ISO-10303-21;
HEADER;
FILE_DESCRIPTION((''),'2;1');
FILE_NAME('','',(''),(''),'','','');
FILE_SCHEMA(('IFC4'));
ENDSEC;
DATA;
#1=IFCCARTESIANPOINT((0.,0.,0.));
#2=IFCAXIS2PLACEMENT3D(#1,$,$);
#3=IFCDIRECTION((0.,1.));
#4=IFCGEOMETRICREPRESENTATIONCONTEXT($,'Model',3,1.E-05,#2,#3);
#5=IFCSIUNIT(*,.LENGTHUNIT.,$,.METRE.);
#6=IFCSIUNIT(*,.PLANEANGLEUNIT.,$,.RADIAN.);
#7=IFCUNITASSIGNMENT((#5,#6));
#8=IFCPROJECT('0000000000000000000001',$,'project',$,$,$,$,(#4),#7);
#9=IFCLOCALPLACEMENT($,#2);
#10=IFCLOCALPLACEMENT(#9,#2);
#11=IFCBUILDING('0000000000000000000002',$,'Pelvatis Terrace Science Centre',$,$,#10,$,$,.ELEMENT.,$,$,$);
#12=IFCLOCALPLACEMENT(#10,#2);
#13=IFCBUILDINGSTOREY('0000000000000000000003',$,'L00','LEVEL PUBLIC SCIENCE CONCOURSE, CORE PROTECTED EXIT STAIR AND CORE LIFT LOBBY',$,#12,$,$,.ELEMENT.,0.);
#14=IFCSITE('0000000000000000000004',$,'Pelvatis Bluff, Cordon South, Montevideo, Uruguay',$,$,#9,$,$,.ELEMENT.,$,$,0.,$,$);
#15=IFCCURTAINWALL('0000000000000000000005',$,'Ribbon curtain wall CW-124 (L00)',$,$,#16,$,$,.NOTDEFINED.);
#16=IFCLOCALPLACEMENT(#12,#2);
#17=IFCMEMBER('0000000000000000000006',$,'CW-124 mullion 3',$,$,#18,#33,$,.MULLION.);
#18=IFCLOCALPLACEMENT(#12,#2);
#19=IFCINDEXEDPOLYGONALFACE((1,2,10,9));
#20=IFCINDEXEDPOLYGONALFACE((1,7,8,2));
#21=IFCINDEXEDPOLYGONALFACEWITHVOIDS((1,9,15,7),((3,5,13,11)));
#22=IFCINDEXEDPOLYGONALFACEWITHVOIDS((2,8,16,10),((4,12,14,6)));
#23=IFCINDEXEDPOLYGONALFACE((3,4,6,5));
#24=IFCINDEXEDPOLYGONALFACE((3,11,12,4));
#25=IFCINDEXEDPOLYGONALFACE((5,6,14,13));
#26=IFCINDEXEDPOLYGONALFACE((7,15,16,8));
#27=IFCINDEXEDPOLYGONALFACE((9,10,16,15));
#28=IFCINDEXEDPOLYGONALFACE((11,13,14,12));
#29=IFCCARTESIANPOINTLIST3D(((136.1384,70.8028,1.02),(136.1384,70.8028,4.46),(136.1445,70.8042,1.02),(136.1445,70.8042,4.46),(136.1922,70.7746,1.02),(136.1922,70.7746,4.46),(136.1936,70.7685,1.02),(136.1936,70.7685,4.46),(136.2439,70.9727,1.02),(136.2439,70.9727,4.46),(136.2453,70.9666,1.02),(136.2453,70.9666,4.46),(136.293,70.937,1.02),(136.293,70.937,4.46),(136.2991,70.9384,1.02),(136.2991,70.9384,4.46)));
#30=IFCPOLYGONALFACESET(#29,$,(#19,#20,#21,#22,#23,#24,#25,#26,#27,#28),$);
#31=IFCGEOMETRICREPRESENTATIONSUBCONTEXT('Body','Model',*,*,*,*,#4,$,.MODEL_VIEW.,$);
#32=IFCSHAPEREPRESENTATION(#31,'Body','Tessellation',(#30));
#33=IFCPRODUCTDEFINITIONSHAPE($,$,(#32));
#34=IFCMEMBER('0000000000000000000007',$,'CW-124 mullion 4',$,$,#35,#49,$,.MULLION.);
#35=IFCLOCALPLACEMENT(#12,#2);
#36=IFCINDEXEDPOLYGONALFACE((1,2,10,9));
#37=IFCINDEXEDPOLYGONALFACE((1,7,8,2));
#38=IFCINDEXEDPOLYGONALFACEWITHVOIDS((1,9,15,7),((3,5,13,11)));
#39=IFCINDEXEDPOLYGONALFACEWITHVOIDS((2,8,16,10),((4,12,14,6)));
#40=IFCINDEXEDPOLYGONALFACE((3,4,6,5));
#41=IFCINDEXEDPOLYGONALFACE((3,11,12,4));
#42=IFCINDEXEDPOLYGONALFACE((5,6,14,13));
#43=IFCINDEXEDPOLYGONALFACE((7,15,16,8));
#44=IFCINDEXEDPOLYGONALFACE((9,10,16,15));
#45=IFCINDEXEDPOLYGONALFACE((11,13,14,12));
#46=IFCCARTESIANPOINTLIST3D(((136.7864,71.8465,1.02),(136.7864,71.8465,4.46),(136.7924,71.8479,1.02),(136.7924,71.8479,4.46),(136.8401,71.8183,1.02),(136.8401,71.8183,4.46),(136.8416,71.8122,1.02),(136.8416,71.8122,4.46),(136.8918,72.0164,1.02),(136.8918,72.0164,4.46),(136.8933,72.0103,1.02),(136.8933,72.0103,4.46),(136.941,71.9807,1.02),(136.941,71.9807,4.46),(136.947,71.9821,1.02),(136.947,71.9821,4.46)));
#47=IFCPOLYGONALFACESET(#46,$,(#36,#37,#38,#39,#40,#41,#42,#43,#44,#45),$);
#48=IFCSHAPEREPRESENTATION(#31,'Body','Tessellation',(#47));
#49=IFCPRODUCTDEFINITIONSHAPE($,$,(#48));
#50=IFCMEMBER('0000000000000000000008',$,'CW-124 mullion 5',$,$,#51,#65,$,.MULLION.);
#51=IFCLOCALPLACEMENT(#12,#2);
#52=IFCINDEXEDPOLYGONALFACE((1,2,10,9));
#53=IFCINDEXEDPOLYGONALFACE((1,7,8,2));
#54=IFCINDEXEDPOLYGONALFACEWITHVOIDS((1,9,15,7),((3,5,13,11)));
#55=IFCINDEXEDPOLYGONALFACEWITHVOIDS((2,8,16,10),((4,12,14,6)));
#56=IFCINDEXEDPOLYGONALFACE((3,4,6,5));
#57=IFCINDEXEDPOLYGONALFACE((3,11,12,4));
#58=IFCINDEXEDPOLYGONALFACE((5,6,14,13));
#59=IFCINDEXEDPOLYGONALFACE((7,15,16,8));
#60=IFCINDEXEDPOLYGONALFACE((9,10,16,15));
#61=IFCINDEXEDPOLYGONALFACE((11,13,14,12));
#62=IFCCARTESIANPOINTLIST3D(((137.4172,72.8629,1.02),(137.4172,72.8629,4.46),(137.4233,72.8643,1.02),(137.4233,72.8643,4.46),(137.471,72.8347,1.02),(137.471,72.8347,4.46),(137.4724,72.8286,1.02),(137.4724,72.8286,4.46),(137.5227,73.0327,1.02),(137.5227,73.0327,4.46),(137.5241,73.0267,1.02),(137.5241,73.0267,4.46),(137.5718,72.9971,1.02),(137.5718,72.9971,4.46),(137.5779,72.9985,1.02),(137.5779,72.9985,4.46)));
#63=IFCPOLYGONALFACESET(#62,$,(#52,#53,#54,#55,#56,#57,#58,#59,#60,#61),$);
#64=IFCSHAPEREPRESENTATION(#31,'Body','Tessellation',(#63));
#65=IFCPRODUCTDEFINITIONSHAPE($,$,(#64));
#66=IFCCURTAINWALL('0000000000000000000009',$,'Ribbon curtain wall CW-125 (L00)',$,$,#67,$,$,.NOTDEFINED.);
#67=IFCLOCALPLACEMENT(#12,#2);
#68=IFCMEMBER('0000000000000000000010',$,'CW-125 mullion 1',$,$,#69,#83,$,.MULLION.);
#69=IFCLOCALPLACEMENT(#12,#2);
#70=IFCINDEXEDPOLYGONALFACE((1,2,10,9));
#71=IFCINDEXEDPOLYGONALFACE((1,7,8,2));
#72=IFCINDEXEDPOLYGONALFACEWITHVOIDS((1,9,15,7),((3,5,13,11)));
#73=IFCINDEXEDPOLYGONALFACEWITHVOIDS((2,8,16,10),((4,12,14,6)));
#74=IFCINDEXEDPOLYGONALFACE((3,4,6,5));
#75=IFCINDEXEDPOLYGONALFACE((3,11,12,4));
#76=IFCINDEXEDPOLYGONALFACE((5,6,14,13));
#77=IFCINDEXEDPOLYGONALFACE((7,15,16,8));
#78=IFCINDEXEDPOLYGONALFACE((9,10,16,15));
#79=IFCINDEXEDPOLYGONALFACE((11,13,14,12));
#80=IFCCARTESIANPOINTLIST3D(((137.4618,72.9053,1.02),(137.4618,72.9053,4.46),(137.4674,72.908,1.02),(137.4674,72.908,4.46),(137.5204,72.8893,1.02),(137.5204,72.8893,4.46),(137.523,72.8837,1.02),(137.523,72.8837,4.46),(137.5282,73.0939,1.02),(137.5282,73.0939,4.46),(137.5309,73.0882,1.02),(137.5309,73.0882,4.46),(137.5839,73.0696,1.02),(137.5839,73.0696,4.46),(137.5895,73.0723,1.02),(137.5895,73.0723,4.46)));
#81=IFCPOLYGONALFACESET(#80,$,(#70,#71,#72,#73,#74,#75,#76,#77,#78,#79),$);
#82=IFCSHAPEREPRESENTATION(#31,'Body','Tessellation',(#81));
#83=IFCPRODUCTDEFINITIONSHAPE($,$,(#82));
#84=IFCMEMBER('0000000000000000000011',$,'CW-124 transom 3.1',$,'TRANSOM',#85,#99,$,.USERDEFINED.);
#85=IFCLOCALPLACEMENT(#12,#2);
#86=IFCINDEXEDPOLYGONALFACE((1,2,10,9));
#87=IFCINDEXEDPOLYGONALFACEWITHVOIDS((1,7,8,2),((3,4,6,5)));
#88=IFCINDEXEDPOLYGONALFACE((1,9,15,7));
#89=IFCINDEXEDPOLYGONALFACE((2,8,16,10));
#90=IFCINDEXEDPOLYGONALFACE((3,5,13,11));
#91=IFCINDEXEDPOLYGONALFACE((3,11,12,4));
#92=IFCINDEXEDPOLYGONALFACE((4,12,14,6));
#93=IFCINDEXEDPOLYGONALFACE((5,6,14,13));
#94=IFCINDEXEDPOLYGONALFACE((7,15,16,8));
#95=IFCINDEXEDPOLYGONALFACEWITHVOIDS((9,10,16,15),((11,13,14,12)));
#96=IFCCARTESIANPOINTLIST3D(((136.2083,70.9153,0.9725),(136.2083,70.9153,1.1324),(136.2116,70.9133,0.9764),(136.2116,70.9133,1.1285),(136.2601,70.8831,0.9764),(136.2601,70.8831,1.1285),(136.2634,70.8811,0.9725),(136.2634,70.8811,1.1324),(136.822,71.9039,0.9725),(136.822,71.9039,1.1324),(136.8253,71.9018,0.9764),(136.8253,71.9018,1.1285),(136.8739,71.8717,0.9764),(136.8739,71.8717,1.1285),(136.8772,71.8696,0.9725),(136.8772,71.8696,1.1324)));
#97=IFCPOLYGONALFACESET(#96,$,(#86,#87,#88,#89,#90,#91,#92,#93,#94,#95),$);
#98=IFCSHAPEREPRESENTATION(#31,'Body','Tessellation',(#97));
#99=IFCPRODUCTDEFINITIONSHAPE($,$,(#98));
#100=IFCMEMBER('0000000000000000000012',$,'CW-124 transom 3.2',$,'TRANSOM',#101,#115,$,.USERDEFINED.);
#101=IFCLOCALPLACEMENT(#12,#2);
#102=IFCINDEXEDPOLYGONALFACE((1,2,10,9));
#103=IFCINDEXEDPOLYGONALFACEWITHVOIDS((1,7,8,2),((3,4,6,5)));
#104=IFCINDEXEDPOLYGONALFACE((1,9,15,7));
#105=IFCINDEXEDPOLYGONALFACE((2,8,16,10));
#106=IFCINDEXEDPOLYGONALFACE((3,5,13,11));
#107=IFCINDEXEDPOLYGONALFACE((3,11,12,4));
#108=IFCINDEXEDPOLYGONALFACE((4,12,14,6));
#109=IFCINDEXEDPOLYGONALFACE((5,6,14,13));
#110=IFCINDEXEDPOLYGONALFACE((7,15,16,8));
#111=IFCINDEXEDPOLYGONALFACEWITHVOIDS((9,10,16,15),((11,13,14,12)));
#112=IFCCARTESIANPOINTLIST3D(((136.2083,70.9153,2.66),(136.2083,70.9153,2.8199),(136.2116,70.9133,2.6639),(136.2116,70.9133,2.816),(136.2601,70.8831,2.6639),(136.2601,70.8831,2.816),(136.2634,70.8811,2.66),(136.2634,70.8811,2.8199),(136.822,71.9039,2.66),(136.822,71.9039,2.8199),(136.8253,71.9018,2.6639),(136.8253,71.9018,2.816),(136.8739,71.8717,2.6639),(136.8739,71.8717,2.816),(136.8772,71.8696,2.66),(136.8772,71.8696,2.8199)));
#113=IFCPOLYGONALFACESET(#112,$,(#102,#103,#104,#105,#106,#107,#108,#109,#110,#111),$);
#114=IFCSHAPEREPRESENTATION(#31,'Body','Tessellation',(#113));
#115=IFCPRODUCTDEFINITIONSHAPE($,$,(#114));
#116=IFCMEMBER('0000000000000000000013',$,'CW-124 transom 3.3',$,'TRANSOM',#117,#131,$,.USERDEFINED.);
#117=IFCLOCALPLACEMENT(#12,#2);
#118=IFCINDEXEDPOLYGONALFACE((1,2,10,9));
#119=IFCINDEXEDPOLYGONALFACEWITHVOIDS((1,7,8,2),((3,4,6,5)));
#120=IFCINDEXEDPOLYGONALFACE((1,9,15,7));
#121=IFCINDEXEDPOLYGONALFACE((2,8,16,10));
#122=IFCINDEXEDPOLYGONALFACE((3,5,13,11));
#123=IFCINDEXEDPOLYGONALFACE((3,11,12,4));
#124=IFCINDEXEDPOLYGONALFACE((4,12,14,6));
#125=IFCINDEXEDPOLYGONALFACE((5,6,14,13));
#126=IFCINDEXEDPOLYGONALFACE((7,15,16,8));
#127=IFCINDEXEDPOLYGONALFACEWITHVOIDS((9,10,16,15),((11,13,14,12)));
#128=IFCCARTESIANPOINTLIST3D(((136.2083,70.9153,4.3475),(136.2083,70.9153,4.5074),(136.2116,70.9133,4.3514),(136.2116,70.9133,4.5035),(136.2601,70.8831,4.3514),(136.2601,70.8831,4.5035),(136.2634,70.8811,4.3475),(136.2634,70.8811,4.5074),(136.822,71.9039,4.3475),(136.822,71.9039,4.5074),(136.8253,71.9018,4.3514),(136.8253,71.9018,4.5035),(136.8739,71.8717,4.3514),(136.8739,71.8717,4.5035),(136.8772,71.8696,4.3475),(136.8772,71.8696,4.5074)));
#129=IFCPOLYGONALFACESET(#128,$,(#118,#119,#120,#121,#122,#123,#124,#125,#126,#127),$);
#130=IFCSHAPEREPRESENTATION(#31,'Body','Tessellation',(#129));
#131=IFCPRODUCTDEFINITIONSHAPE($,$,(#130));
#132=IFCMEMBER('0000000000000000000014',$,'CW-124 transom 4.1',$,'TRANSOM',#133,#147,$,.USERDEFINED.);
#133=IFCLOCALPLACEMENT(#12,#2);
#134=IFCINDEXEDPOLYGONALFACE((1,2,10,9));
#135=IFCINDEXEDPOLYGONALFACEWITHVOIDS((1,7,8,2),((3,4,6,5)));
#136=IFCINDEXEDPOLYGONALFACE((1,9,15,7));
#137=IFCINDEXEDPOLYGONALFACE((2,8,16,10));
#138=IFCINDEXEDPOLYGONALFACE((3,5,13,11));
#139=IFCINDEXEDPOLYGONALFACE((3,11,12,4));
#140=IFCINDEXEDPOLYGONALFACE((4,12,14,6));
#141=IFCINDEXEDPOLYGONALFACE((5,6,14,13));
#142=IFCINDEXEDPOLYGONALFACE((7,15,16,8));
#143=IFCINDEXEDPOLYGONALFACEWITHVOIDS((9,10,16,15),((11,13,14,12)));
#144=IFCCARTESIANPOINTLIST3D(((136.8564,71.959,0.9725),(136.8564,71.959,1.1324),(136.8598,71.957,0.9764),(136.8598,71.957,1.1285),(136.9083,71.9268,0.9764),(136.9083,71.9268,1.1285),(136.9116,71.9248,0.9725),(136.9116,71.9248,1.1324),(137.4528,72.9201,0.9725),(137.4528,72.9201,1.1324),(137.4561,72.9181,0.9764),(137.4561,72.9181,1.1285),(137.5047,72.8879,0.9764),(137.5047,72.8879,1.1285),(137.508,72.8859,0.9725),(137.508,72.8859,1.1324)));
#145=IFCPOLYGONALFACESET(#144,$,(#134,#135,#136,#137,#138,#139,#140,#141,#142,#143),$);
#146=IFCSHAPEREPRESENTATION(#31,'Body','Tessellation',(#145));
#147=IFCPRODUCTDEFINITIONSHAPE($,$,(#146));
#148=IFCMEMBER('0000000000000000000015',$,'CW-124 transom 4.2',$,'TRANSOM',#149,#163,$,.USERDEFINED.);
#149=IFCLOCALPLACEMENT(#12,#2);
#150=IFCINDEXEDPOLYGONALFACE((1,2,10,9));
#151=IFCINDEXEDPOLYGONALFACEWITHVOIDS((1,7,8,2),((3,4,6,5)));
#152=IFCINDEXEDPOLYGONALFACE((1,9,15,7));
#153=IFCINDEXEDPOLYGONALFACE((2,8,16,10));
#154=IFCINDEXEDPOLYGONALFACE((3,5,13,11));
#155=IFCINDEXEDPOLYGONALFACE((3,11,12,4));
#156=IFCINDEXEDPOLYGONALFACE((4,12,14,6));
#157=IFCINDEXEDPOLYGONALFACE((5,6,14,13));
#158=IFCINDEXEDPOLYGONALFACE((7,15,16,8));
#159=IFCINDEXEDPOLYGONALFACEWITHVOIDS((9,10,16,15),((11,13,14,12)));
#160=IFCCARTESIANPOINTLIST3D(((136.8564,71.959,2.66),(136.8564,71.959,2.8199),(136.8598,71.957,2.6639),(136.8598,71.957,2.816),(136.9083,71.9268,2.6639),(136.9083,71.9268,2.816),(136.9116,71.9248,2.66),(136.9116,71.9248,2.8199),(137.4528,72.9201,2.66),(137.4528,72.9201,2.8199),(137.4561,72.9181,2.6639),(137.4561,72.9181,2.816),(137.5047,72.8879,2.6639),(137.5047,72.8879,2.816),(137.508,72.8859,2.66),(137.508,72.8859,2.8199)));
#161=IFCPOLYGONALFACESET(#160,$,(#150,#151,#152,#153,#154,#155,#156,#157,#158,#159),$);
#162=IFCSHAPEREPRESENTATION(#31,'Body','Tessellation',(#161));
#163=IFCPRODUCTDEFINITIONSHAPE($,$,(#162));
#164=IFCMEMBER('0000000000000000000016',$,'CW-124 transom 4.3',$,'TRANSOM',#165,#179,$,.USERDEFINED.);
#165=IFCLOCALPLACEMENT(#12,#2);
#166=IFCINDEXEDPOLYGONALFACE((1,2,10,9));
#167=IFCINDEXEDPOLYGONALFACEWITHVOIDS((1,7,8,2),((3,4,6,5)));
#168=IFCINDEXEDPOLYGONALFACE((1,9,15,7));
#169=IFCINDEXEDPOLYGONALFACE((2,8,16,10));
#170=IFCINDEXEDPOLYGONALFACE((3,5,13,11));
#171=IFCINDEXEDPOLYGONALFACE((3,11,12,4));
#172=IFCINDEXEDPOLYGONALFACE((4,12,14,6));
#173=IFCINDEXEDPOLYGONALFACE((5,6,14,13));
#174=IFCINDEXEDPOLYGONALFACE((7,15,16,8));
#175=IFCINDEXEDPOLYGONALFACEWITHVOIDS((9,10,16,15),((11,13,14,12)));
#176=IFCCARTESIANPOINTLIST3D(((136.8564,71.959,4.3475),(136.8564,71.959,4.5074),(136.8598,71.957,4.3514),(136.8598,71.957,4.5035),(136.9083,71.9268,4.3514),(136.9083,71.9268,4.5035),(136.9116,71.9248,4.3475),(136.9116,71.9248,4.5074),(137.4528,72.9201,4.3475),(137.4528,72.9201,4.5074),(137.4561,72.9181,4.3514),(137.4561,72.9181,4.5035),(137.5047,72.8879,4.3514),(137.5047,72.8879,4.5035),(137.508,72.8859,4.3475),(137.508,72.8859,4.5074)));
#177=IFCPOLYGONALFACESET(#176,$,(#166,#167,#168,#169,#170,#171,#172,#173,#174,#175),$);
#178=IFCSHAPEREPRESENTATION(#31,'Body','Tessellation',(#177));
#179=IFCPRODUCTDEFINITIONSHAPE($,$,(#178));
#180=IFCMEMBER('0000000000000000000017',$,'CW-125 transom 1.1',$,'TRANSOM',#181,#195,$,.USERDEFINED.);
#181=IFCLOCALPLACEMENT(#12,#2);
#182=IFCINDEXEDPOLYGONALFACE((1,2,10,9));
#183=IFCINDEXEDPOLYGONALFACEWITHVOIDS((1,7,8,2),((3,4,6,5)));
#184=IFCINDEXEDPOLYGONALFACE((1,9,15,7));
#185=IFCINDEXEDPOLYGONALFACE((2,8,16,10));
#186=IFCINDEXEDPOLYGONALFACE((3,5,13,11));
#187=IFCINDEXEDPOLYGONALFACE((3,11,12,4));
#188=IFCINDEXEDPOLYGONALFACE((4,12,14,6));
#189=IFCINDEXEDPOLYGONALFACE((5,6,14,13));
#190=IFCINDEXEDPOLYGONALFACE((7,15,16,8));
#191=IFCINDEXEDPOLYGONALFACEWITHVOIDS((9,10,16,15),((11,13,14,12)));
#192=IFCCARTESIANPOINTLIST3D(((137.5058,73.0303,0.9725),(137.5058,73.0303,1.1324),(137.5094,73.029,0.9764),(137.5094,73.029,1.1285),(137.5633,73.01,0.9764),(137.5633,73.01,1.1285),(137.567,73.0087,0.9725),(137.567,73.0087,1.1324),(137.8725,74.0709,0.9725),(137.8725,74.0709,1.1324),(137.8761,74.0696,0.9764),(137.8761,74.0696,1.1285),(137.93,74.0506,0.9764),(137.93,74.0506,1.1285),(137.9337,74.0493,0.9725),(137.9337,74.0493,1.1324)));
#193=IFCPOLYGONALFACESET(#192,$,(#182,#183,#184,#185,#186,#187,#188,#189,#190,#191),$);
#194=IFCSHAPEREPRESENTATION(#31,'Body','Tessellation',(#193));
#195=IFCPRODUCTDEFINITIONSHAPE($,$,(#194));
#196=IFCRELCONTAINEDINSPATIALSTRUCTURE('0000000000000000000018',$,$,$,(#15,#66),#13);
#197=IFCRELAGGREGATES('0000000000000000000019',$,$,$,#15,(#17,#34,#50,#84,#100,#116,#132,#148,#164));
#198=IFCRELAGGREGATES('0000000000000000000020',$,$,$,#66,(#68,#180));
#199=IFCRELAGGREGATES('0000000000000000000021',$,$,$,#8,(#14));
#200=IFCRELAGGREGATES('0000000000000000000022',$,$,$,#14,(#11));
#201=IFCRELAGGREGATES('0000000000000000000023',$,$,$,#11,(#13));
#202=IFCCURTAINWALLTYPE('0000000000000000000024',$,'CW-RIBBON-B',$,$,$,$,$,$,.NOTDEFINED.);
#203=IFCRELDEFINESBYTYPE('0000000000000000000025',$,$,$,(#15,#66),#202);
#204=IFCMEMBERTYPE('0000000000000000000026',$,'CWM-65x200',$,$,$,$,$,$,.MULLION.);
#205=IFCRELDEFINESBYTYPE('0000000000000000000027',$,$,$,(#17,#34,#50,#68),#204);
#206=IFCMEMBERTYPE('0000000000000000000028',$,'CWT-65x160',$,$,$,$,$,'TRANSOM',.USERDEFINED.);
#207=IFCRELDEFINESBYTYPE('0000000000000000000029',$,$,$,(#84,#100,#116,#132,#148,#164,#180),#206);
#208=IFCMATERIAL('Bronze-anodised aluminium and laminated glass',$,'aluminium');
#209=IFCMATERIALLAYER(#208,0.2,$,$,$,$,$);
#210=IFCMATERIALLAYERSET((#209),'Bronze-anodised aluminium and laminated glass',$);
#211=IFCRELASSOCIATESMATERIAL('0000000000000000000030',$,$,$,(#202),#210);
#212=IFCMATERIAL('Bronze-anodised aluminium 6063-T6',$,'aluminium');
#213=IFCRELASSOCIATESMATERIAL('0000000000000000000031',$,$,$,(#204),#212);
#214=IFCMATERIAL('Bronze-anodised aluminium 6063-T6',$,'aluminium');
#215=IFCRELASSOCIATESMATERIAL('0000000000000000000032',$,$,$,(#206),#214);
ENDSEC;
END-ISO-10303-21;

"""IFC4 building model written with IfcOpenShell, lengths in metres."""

from ifc_helpers import new_model, si_unit, direction, frame, origin, origin_2d, place, context, subcontext, project, spatial, hollow_rectangle, extrude, material, layer, layer_set, material_profile, profile_set, type_object, element, aggregate, save


model = new_model("IFC4")

# Units and contexts
model_context = context("Model", 3, precision=1e-05, world=origin(), true_north=direction((0.0, 1.0)))
body_context = subcontext(model_context, "Body", "Model", "MODEL_VIEW")
ifc_project = project(units=[si_unit("LENGTHUNIT", "METRE"), si_unit("PLANEANGLEUNIT", "RADIAN")], contexts=[model_context])

# Site, building, storey
site_placement = place(None, origin())
site = spatial("IfcSite", under=ifc_project, at=site_placement, Name="Pelvatis Bluff, Cordon South, Montevideo, Uruguay", CompositionType="ELEMENT", RefElevation=0.0)
building_placement = place(site_placement, origin())
building = spatial("IfcBuilding", under=site, at=building_placement, Name="Pelvatis Terrace Science Centre", CompositionType="ELEMENT")
storey_placement = place(building_placement, origin())
storey = spatial("IfcBuildingStorey", under=building, at=storey_placement, Name="L00", Description="LEVEL PUBLIC SCIENCE CONCOURSE, CORE PROTECTED EXIT STAIR AND CORE LIFT LOBBY", CompositionType="ELEMENT", Elevation=0.0)

# Curtain wall, members
ifc_material_1 = material(Name="Bronze-anodised aluminium and laminated glass", Category="aluminium")
ifc_layer_1 = layer(ifc_material_1, 0.2)
ifc_layer_set_1 = layer_set([ifc_layer_1], Name="Bronze-anodised aluminium and laminated glass")
curtain_wall_type = type_object("IfcCurtainWallType", Name="CW-RIBBON-B", PredefinedType="NOTDEFINED", material=ifc_layer_set_1)
curtain_wall_1_placement = place(storey_placement, origin())
curtain_wall_1 = element("IfcCurtainWall", 1, at=curtain_wall_1_placement, inside=storey, type_object=curtain_wall_type, Name="Ribbon curtain wall CW-124 (L00)", PredefinedType="NOTDEFINED")
ifc_material_2 = material(Name="Bronze-anodised aluminium 6063-T6", Category="aluminium")
ifc_material_profile_1 = material_profile(ifc_material_2, hollow_rectangle(XDim=0.0649, YDim=0.2, WallThickness=0.0044, at=origin_2d()), Name="ALU-MUL 65x200")
ifc_profile_set_1 = profile_set([ifc_material_profile_1], Name="Bronze-anodised aluminium 6063-T6")
member_type_1 = type_object("IfcMemberType", Name="CWM-65x200", PredefinedType="MULLION", material=ifc_profile_set_1)
member_1_placement = place(storey_placement, frame((136.2188, 70.8706, 1.02), z_axis=(0.0, 0.0, 1.0), x_axis=(-0.849586, 0.52745, 0.0)))
member_1 = element("IfcMember", 2, at=member_1_placement, type_object=member_type_1, Name="CW-124 mullion 3", PredefinedType="MULLION", context=body_context, shape_type="SweptSolid", body=[
    extrude(hollow_rectangle(XDim=0.0649, YDim=0.2, WallThickness=0.0044, at=origin_2d()), origin(), (0.0, 0.0, 1.0), 3.4399),
])
member_2_placement = place(storey_placement, frame((136.8667, 71.9143, 1.02), z_axis=(0.0, 0.0, 1.0), x_axis=(-0.849586, 0.52745, 0.0)))
member_2 = element("IfcMember", 3, at=member_2_placement, type_object=member_type_1, Name="CW-124 mullion 4", PredefinedType="MULLION", context=body_context, shape_type="SweptSolid", body=[
    extrude(hollow_rectangle(XDim=0.0649, YDim=0.2, WallThickness=0.0044, at=origin_2d()), origin(), (0.0, 0.0, 1.0), 3.4399),
])
member_3_placement = place(storey_placement, frame((137.4976, 72.9307, 1.02), z_axis=(0.0, 0.0, 1.0), x_axis=(-0.849586, 0.52745, 0.0)))
member_3 = element("IfcMember", 4, at=member_3_placement, type_object=member_type_1, Name="CW-124 mullion 5", PredefinedType="MULLION", context=body_context, shape_type="SweptSolid", body=[
    extrude(hollow_rectangle(XDim=0.0649, YDim=0.2, WallThickness=0.0044, at=origin_2d()), origin(), (0.0, 0.0, 1.0), 3.4399),
])

# Curtain wall, member
curtain_wall_2_placement = place(storey_placement, origin())
curtain_wall_2 = element("IfcCurtainWall", 5, at=curtain_wall_2_placement, inside=storey, type_object=curtain_wall_type, Name="Ribbon curtain wall CW-125 (L00)", PredefinedType="NOTDEFINED")
member_4_placement = place(storey_placement, frame((137.5256, 72.9888, 1.02), z_axis=(0.0, 0.0, 1.0), x_axis=(-0.943171, 0.332308, 0.0)))
member_4 = element("IfcMember", 6, at=member_4_placement, type_object=member_type_1, Name="CW-125 mullion 1", PredefinedType="MULLION", context=body_context, shape_type="SweptSolid", body=[
    extrude(hollow_rectangle(XDim=0.0649, YDim=0.2, WallThickness=0.0044, at=origin_2d()), origin(), (0.0, 0.0, 1.0), 3.4399),
])

# Members
ifc_material_3 = material(Name="Bronze-anodised aluminium 6063-T6", Category="aluminium")
ifc_material_profile_2 = material_profile(ifc_material_3, hollow_rectangle(XDim=0.0649, YDim=0.1599, WallThickness=0.0039, at=origin_2d()), Name="ALU-TRN 65x160")
ifc_profile_set_2 = profile_set([ifc_material_profile_2], Name="Bronze-anodised aluminium 6063-T6")
member_type_2 = type_object("IfcMemberType", Name="CWT-65x160", ElementType="TRANSOM", PredefinedType="USERDEFINED", material=ifc_profile_set_2)
member_5_placement = place(storey_placement, frame((136.2358, 70.8982, 1.0525), z_axis=(0.527488, 0.849562, 0.0), x_axis=(-0.849562, 0.527488, 0.0)))
member_5 = element("IfcMember", 7, at=member_5_placement, type_object=member_type_2, Name="CW-124 transom 3.1", ObjectType="TRANSOM", PredefinedType="USERDEFINED", context=body_context, shape_type="SweptSolid", body=[
    extrude(hollow_rectangle(XDim=0.0649, YDim=0.1599, WallThickness=0.0039, at=origin_2d()), origin(), (0.0, 0.0, 1.0), 1.1636),
])
member_6_placement = place(storey_placement, frame((136.2358, 70.8982, 2.74), z_axis=(0.527488, 0.849562, 0.0), x_axis=(-0.849562, 0.527488, 0.0)))
member_6 = element("IfcMember", 8, at=member_6_placement, type_object=member_type_2, Name="CW-124 transom 3.2", ObjectType="TRANSOM", PredefinedType="USERDEFINED", context=body_context, shape_type="SweptSolid", body=[
    extrude(hollow_rectangle(XDim=0.0649, YDim=0.1599, WallThickness=0.0039, at=origin_2d()), origin(), (0.0, 0.0, 1.0), 1.1636),
])
member_7_placement = place(storey_placement, frame((136.2358, 70.8982, 4.4275), z_axis=(0.527488, 0.849562, 0.0), x_axis=(-0.849562, 0.527488, 0.0)))
member_7 = element("IfcMember", 9, at=member_7_placement, type_object=member_type_2, Name="CW-124 transom 3.3", ObjectType="TRANSOM", PredefinedType="USERDEFINED", context=body_context, shape_type="SweptSolid", body=[
    extrude(hollow_rectangle(XDim=0.0649, YDim=0.1599, WallThickness=0.0039, at=origin_2d()), origin(), (0.0, 0.0, 1.0), 1.1636),
])
member_8_placement = place(storey_placement, frame((136.884, 71.9419, 1.0525), z_axis=(0.527261, 0.849704, 0.0), x_axis=(-0.849704, 0.527261, 0.0)))
member_8 = element("IfcMember", 10, at=member_8_placement, type_object=member_type_2, Name="CW-124 transom 4.1", ObjectType="TRANSOM", PredefinedType="USERDEFINED", context=body_context, shape_type="SweptSolid", body=[
    extrude(hollow_rectangle(XDim=0.0649, YDim=0.1599, WallThickness=0.0039, at=origin_2d()), origin(), (0.0, 0.0, 1.0), 1.1311),
])
member_9_placement = place(storey_placement, frame((136.884, 71.9419, 2.74), z_axis=(0.527261, 0.849704, 0.0), x_axis=(-0.849704, 0.527261, 0.0)))
member_9 = element("IfcMember", 11, at=member_9_placement, type_object=member_type_2, Name="CW-124 transom 4.2", ObjectType="TRANSOM", PredefinedType="USERDEFINED", context=body_context, shape_type="SweptSolid", body=[
    extrude(hollow_rectangle(XDim=0.0649, YDim=0.1599, WallThickness=0.0039, at=origin_2d()), origin(), (0.0, 0.0, 1.0), 1.1311),
])
member_10_placement = place(storey_placement, frame((136.884, 71.9419, 4.4275), z_axis=(0.527261, 0.849704, 0.0), x_axis=(-0.849704, 0.527261, 0.0)))
member_10 = element("IfcMember", 12, at=member_10_placement, type_object=member_type_2, Name="CW-124 transom 4.3", ObjectType="TRANSOM", PredefinedType="USERDEFINED", context=body_context, shape_type="SweptSolid", body=[
    extrude(hollow_rectangle(XDim=0.0649, YDim=0.1599, WallThickness=0.0039, at=origin_2d()), origin(), (0.0, 0.0, 1.0), 1.1311),
])
member_11_placement = place(storey_placement, frame((137.5364, 73.0195, 1.0525), z_axis=(0.33238, 0.943145, 0.0), x_axis=(-0.943145, 0.33238, 0.0)))
member_11 = element("IfcMember", 13, at=member_11_placement, type_object=member_type_2, Name="CW-125 transom 1.1", ObjectType="TRANSOM", PredefinedType="USERDEFINED", context=body_context, shape_type="SweptSolid", body=[
    extrude(hollow_rectangle(XDim=0.0649, YDim=0.1599, WallThickness=0.0039, at=origin_2d()), origin(), (0.0, 0.0, 1.0), 1.1033),
])

aggregate(curtain_wall_1, [member_1, member_2, member_3, member_5, member_6, member_7, member_8, member_9, member_10])
aggregate(curtain_wall_2, [member_4, member_11])

save(model, "model.ifc")
